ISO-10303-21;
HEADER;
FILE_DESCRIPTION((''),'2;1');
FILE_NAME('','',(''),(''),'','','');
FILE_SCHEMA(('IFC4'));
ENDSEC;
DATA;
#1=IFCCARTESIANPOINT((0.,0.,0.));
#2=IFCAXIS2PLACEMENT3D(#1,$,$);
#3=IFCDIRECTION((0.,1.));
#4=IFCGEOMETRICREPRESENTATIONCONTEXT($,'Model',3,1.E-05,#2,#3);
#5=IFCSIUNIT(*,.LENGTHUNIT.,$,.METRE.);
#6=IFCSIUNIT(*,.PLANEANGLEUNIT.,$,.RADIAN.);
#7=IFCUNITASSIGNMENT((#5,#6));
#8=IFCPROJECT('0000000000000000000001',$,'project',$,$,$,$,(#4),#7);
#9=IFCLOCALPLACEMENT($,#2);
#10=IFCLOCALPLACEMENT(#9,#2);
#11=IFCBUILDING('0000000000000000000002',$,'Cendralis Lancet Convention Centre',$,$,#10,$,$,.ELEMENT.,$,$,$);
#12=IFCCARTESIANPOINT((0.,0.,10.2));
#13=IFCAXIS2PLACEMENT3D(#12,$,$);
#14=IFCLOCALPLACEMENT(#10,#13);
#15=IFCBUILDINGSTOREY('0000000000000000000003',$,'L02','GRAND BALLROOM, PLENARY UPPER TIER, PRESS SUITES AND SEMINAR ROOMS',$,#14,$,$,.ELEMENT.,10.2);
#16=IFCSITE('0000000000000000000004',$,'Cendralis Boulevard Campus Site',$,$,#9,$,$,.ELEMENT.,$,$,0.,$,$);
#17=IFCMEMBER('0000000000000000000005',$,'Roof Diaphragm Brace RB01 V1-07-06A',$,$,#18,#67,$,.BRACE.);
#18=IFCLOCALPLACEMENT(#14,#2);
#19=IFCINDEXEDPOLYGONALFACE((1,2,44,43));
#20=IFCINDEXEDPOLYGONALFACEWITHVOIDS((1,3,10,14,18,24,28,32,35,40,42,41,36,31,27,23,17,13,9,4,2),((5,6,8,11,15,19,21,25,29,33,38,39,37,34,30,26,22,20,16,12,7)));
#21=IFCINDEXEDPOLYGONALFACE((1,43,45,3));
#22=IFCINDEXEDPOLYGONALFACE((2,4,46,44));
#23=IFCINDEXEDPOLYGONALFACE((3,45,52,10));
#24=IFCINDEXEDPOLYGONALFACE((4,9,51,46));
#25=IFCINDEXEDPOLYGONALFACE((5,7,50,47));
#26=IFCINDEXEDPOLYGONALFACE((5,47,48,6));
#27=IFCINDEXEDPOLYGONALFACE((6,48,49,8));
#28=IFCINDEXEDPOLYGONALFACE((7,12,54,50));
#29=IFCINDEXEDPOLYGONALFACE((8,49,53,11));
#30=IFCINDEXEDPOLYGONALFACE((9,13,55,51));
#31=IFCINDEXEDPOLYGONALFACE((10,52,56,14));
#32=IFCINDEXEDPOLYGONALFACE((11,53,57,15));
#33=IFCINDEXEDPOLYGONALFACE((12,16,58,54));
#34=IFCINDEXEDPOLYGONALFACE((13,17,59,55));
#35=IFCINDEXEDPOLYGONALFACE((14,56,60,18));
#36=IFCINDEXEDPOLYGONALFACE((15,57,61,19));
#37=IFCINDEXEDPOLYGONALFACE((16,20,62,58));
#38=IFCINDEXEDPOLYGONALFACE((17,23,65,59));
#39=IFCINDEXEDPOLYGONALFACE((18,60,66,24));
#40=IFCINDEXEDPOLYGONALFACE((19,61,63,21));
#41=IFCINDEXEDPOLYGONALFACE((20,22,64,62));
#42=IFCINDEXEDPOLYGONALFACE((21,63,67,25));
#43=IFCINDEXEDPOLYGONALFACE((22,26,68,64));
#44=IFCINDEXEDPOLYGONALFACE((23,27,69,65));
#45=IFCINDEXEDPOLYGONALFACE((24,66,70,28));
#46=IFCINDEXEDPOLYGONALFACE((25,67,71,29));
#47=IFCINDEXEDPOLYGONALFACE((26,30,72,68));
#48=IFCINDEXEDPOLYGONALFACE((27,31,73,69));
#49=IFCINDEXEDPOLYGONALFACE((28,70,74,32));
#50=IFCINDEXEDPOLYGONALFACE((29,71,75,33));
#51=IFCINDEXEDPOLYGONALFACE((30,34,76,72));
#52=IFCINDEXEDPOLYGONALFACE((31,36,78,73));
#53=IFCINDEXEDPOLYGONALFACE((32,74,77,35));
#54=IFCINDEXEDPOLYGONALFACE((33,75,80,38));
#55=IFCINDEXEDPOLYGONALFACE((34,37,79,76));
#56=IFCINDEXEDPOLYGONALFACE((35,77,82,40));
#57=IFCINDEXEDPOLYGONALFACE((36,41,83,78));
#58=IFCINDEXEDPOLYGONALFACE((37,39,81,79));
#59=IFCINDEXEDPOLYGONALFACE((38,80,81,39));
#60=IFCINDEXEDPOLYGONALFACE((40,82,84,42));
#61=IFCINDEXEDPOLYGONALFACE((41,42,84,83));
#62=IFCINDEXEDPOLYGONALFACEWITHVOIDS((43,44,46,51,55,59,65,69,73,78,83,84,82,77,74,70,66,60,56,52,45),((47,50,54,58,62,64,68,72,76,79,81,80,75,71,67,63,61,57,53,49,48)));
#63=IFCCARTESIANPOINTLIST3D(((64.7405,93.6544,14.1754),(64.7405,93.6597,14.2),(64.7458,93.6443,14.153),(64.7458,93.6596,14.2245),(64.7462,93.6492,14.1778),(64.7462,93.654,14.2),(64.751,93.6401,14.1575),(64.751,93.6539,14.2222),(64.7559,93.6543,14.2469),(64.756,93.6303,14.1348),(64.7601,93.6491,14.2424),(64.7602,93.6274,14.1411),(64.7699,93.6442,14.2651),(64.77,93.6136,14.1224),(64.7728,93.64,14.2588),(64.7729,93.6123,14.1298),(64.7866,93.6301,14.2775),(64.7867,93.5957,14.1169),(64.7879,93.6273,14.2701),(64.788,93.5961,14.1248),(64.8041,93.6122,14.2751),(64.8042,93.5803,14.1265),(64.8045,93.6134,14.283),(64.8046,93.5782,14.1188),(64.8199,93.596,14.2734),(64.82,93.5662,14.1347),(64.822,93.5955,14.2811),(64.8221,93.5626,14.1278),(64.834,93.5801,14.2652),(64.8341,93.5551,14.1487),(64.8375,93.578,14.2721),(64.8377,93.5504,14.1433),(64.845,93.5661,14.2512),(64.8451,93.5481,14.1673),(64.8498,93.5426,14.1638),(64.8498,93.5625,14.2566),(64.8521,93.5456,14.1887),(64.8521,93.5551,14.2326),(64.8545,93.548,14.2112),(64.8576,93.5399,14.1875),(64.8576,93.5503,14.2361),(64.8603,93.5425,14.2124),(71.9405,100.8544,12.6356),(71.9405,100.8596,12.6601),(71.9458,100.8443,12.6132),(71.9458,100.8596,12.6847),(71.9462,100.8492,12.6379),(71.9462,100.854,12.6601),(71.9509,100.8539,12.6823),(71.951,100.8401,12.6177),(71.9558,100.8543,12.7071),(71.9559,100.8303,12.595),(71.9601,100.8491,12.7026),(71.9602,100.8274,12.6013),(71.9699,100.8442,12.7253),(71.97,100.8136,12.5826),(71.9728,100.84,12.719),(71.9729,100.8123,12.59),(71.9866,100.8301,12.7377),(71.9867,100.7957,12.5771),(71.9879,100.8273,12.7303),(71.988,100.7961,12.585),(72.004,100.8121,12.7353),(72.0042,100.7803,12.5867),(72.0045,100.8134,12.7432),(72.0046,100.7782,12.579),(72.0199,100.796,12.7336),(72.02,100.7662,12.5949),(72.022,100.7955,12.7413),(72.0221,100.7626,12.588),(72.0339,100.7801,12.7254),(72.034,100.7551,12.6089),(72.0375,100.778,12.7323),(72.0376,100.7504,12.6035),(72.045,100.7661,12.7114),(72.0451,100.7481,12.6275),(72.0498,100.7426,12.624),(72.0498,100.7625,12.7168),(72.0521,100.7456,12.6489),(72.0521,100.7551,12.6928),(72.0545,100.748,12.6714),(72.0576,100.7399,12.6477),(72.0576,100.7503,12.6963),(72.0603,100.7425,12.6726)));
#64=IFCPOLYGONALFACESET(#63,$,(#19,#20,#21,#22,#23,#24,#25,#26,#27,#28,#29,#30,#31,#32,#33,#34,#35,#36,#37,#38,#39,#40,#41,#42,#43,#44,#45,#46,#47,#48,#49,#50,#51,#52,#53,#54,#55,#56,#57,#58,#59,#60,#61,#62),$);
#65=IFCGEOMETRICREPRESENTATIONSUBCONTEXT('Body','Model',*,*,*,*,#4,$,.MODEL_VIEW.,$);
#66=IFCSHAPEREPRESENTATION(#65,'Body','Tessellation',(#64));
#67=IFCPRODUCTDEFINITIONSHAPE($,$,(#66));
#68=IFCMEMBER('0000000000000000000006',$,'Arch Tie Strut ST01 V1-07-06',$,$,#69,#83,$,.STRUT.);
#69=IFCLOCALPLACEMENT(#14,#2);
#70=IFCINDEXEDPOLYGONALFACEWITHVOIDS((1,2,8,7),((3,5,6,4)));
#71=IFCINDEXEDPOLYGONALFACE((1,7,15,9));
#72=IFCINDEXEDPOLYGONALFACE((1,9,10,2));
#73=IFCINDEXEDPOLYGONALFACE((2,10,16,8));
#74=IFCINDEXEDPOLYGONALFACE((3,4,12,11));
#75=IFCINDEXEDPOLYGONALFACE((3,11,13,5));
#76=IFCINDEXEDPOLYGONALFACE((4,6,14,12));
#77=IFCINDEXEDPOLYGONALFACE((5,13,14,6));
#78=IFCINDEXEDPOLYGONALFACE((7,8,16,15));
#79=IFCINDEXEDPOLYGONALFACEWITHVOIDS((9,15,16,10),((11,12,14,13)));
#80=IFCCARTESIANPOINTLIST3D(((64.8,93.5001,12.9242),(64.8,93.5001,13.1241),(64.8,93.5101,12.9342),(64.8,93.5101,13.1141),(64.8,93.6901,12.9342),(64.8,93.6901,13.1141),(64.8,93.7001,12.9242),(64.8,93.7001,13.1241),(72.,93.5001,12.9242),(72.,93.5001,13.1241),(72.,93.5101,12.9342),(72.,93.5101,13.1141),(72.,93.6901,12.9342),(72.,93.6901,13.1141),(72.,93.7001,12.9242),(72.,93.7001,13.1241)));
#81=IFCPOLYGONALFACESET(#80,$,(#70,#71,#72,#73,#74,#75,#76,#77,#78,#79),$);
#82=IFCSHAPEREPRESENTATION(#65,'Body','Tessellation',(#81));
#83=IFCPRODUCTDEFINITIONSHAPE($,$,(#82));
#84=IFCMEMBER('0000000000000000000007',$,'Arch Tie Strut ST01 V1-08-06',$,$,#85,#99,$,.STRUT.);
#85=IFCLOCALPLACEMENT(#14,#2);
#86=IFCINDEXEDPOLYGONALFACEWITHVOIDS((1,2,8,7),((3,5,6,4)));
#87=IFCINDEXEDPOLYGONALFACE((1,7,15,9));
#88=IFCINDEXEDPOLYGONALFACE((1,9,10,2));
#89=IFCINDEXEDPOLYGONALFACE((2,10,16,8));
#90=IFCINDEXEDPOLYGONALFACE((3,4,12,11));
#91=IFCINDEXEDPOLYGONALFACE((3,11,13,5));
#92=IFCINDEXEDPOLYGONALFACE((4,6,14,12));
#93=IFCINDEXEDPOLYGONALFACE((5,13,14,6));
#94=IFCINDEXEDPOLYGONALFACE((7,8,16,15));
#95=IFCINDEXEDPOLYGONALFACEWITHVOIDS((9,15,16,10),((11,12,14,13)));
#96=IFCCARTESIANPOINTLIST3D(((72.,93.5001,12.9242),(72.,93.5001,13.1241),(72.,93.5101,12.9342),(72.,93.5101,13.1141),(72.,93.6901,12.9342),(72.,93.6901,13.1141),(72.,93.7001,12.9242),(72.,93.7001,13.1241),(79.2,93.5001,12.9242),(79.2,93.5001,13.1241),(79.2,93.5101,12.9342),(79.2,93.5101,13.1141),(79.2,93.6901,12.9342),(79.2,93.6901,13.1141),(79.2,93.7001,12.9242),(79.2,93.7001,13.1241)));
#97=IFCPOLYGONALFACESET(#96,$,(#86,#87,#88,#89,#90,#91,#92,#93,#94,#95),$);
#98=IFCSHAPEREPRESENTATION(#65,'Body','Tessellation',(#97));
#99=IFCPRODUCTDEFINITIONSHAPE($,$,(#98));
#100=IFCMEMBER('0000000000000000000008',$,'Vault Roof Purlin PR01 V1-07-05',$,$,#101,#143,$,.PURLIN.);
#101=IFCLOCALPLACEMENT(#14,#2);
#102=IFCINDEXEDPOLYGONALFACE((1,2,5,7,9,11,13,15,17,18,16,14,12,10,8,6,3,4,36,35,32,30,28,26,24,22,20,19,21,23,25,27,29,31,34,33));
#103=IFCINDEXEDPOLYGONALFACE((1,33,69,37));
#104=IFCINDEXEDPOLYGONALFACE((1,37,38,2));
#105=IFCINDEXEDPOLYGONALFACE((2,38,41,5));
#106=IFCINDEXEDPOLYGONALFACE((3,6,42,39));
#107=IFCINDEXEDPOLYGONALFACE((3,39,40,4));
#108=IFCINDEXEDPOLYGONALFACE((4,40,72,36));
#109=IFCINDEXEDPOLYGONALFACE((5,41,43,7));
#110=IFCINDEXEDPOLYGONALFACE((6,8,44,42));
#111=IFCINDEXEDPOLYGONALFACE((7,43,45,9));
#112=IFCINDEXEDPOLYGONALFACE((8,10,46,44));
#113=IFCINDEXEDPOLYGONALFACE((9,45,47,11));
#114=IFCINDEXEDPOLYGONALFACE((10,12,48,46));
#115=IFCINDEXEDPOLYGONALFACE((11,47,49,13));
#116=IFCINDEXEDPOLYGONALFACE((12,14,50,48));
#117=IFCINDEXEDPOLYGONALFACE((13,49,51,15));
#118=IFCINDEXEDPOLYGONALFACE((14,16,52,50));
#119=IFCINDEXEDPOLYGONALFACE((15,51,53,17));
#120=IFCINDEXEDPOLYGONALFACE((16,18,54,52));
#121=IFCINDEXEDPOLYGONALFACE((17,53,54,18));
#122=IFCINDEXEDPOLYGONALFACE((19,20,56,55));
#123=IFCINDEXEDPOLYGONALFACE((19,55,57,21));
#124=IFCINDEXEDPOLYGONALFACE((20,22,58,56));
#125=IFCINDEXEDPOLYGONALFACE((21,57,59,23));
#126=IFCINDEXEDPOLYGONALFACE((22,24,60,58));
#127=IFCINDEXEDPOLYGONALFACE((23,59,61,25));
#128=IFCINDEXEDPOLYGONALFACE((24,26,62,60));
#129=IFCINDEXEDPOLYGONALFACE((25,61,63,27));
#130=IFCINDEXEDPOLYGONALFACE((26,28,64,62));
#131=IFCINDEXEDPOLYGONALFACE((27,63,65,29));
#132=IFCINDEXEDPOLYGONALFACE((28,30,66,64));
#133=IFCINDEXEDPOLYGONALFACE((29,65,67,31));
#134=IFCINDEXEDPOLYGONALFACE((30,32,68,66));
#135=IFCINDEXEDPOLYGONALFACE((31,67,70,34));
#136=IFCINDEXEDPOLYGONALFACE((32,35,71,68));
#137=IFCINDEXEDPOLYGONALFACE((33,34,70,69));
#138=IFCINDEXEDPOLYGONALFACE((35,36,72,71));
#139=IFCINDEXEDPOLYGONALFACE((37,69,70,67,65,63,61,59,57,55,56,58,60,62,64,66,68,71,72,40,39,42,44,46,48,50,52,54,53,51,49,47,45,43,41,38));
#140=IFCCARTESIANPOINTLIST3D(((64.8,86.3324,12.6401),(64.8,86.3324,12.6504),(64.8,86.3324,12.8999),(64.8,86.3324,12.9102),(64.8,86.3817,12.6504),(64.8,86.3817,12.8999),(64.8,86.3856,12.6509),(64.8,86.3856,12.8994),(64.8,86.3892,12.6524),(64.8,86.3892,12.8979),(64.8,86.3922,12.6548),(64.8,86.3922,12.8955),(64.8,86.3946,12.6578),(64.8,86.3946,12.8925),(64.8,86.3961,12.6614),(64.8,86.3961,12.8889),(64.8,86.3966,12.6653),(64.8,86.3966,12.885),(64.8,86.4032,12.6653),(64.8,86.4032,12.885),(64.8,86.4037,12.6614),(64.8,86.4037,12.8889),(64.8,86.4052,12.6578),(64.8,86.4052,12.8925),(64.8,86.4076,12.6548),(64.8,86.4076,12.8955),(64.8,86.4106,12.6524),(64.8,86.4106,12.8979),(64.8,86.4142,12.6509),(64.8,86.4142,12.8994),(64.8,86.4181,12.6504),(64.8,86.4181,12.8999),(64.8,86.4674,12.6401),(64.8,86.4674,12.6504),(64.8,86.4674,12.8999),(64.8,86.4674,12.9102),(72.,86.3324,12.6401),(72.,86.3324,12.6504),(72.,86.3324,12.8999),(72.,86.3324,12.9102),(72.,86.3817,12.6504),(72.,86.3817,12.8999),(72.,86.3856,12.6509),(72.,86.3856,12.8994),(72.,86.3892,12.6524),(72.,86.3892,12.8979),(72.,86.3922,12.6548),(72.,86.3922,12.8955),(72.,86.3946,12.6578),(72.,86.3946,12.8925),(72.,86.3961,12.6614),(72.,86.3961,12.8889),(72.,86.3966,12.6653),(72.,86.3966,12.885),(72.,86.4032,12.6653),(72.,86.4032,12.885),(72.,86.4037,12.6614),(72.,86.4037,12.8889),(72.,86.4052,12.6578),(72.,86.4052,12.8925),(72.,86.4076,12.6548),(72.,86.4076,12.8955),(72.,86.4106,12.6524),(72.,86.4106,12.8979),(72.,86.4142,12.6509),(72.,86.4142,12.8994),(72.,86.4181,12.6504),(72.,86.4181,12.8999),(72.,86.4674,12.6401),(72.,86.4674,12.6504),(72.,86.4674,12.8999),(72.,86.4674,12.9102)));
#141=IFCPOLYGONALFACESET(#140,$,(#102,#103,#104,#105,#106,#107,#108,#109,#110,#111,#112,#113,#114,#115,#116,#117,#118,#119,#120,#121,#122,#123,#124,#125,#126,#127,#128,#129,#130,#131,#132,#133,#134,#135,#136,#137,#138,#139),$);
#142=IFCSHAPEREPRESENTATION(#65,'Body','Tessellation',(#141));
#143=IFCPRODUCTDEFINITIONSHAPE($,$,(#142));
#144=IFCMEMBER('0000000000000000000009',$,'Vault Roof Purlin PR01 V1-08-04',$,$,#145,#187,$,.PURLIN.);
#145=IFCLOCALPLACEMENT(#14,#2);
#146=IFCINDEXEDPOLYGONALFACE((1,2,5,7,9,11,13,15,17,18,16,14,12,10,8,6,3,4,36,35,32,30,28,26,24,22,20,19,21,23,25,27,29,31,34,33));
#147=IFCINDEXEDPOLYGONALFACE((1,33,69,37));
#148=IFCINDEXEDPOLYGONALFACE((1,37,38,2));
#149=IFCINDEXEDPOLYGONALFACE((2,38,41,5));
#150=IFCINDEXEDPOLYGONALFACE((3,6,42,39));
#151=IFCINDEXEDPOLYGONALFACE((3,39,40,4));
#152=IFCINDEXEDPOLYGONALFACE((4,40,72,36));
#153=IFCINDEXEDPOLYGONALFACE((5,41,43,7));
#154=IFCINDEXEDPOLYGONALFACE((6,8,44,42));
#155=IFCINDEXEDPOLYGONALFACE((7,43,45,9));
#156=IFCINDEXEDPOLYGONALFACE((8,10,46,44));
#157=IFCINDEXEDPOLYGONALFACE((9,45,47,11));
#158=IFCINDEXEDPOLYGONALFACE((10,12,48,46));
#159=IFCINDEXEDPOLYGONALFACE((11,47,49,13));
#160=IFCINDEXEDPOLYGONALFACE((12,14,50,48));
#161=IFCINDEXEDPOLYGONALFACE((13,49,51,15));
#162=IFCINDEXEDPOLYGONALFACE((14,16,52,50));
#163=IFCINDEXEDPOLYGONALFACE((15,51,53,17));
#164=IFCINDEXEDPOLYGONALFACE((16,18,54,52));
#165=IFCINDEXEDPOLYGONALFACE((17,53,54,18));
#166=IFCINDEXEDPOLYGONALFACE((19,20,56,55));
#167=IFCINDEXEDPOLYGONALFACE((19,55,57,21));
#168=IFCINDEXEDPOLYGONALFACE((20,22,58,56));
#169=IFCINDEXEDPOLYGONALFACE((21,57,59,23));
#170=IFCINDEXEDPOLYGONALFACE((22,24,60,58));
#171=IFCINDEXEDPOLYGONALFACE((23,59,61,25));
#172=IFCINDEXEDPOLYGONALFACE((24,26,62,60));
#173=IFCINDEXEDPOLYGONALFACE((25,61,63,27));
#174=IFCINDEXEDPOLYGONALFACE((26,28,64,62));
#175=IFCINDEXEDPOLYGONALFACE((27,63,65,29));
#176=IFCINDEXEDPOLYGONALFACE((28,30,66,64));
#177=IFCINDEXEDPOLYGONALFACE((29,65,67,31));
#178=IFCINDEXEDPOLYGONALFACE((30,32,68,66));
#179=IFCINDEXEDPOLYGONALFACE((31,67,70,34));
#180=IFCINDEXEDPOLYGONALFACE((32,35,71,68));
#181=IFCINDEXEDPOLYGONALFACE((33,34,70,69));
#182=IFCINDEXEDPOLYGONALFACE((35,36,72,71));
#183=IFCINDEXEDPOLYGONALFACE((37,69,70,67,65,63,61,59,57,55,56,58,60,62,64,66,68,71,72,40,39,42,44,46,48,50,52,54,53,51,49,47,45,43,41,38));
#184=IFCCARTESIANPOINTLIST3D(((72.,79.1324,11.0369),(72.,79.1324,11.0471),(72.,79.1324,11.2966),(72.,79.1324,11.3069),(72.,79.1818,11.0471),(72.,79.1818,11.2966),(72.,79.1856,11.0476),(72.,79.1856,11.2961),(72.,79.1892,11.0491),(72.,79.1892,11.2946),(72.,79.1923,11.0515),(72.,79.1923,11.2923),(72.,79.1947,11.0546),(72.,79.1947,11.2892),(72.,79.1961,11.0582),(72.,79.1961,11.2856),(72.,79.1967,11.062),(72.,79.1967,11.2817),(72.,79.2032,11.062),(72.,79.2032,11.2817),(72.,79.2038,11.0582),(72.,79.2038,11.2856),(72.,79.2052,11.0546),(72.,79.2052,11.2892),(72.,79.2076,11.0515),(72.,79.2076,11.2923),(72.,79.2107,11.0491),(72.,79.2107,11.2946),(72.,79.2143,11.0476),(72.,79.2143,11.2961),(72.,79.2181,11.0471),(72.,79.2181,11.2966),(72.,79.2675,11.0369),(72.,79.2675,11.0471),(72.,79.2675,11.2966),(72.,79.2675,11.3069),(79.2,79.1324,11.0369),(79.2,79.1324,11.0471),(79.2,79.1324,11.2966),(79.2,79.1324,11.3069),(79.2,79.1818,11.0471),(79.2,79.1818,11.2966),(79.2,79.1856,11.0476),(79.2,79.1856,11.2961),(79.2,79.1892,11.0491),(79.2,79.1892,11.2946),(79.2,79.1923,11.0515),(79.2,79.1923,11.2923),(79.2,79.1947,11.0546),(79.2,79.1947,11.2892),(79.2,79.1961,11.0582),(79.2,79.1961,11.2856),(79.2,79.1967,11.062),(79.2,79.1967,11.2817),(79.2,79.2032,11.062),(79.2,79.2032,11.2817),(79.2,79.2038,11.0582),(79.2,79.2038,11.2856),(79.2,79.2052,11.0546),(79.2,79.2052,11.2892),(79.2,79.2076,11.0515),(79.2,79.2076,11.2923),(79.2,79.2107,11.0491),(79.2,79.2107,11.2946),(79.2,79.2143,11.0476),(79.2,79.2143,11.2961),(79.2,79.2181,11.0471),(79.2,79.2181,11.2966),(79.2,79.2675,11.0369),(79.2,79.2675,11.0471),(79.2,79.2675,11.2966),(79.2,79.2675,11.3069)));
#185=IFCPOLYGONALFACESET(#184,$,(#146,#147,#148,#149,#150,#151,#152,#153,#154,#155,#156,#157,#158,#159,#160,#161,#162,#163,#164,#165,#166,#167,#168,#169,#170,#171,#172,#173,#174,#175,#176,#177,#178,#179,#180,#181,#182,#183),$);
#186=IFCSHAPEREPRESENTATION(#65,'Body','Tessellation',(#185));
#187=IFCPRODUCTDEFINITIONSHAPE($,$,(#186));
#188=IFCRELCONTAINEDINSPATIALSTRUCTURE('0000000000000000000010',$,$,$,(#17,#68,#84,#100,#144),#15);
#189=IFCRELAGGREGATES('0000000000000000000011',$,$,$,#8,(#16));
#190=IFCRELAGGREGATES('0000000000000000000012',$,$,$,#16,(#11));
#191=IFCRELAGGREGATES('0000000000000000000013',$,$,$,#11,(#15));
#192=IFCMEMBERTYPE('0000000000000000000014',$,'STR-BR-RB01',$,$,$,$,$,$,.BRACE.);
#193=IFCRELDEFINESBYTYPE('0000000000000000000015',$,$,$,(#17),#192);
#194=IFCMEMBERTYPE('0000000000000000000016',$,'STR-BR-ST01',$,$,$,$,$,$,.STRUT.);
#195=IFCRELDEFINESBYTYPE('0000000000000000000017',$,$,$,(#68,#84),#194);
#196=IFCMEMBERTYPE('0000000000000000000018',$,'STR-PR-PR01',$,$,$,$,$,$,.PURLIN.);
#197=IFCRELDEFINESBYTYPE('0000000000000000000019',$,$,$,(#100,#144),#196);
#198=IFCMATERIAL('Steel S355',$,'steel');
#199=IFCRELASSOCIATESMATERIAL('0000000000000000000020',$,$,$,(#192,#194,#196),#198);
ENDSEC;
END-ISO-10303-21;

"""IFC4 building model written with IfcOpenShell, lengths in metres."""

from ifc_helpers import new_model, si_unit, direction, frame, origin, origin_2d, place, context, subcontext, project, spatial, hollow_rectangle, hollow_circle, i_section, extrude, material, material_profile, profile_set, type_object, element, save


model = new_model("IFC4")

# Units and contexts
model_context = context("Model", 3, precision=1e-05, world=origin(), true_north=direction((0.0, 1.0)))
body_context = subcontext(model_context, "Body", "Model", "MODEL_VIEW")
ifc_project = project(units=[si_unit("LENGTHUNIT", "METRE"), si_unit("PLANEANGLEUNIT", "RADIAN")], contexts=[model_context])

# Site, building, storey
site_placement = place(None, origin())
site = spatial("IfcSite", under=ifc_project, at=site_placement, Name="Cendralis Boulevard Campus Site", CompositionType="ELEMENT", RefElevation=0.0)
building_placement = place(site_placement, origin())
building = spatial("IfcBuilding", under=site, at=building_placement, Name="Cendralis Lancet Convention Centre", CompositionType="ELEMENT")
storey_placement = place(building_placement, frame((0.0, 0.0, 10.2)))
storey = spatial("IfcBuildingStorey", under=building, at=storey_placement, Name="L02", Description="GRAND BALLROOM, PLENARY UPPER TIER, PRESS SUITES AND SEMINAR ROOMS", CompositionType="ELEMENT", Elevation=10.2)

# Members
ifc_material = material(Name="Steel S355", Category="steel")
ifc_material_profile_1 = material_profile(ifc_material, hollow_circle(Radius=0.0842, WallThickness=0.0081, at=origin_2d()), Name="CHS 168.3x8.0")
ifc_profile_set_1 = profile_set([ifc_material_profile_1], Name="Steel S355")
member_type_1 = type_object("IfcMemberType", Name="STR-BR-RB01", PredefinedType="BRACE", material=ifc_profile_set_1)
member_1_placement = place(storey_placement, frame((64.8, 93.6001, 14.2), z_axis=(0.699158, 0.699158, -0.149523), x_axis=(-0.707107, 0.707107, 0.0)))
element("IfcMember", 1, at=member_1_placement, inside=storey, type_object=member_type_1, Name="Roof Diaphragm Brace RB01 V1-07-06A", PredefinedType="BRACE", context=body_context, shape_type="SweptSolid", body=[
    extrude(hollow_circle(Radius=0.0842, WallThickness=0.0081, at=origin_2d()), origin(), (0.0, 0.0, 1.0), 10.2981),
])
ifc_material_profile_2 = material_profile(ifc_material, hollow_rectangle(XDim=0.2, YDim=0.2, WallThickness=0.01, at=origin_2d()), Name="SHS 200x200x10.0")
ifc_profile_set_2 = profile_set([ifc_material_profile_2], Name="Steel S355")
member_type_2 = type_object("IfcMemberType", Name="STR-BR-ST01", PredefinedType="STRUT", material=ifc_profile_set_2)
for number, where, z_axis, x_axis, name in (
    (2, (64.8, 93.6001, 13.0242), (1.0, 0.0, 0.0), (0.0, 1.0, 0.0), "Arch Tie Strut ST01 V1-07-06"),
    (3, (72.0, 93.6001, 13.0242), (1.0, 0.0, 0.0), (0.0, 1.0, 0.0), "Arch Tie Strut ST01 V1-08-06"),
):
    element("IfcMember", number, at=place(storey_placement, frame(where, z_axis=z_axis, x_axis=x_axis)), inside=storey, type_object=member_type_2, Name=name, PredefinedType="STRUT", context=body_context, shape_type="SweptSolid", body=[
        extrude(hollow_rectangle(XDim=0.2, YDim=0.2, WallThickness=0.01, at=origin_2d()), origin(), (0.0, 0.0, 1.0), 7.2),
    ])
ifc_material_profile_3 = material_profile(ifc_material, i_section(OverallWidth=0.135, OverallDepth=0.27, WebThickness=0.0066, FlangeThickness=0.0103, FilletRadius=0.0149, at=origin_2d()), Name="IPE 270")
ifc_profile_set_3 = profile_set([ifc_material_profile_3], Name="Steel S355")
member_type_3 = type_object("IfcMemberType", Name="STR-PR-PR01", PredefinedType="PURLIN", material=ifc_profile_set_3)
for number, where, z_axis, x_axis, name in (
    (4, (64.8, 86.3999, 12.7751), (1.0, 0.0, 0.0), (0.0, 1.0, 0.0), "Vault Roof Purlin PR01 V1-07-05"),
    (5, (72.0, 79.2, 11.1719), (1.0, 0.0, 0.0), (0.0, 1.0, 0.0), "Vault Roof Purlin PR01 V1-08-04"),
):
    element("IfcMember", number, at=place(storey_placement, frame(where, z_axis=z_axis, x_axis=x_axis)), inside=storey, type_object=member_type_3, Name=name, PredefinedType="PURLIN", context=body_context, shape_type="SweptSolid", body=[
        extrude(i_section(OverallWidth=0.135, OverallDepth=0.27, WebThickness=0.0066, FlangeThickness=0.0103, FilletRadius=0.0149, at=origin_2d()), origin(), (0.0, 0.0, 1.0), 7.2),
    ])

save(model, "model.ifc")
